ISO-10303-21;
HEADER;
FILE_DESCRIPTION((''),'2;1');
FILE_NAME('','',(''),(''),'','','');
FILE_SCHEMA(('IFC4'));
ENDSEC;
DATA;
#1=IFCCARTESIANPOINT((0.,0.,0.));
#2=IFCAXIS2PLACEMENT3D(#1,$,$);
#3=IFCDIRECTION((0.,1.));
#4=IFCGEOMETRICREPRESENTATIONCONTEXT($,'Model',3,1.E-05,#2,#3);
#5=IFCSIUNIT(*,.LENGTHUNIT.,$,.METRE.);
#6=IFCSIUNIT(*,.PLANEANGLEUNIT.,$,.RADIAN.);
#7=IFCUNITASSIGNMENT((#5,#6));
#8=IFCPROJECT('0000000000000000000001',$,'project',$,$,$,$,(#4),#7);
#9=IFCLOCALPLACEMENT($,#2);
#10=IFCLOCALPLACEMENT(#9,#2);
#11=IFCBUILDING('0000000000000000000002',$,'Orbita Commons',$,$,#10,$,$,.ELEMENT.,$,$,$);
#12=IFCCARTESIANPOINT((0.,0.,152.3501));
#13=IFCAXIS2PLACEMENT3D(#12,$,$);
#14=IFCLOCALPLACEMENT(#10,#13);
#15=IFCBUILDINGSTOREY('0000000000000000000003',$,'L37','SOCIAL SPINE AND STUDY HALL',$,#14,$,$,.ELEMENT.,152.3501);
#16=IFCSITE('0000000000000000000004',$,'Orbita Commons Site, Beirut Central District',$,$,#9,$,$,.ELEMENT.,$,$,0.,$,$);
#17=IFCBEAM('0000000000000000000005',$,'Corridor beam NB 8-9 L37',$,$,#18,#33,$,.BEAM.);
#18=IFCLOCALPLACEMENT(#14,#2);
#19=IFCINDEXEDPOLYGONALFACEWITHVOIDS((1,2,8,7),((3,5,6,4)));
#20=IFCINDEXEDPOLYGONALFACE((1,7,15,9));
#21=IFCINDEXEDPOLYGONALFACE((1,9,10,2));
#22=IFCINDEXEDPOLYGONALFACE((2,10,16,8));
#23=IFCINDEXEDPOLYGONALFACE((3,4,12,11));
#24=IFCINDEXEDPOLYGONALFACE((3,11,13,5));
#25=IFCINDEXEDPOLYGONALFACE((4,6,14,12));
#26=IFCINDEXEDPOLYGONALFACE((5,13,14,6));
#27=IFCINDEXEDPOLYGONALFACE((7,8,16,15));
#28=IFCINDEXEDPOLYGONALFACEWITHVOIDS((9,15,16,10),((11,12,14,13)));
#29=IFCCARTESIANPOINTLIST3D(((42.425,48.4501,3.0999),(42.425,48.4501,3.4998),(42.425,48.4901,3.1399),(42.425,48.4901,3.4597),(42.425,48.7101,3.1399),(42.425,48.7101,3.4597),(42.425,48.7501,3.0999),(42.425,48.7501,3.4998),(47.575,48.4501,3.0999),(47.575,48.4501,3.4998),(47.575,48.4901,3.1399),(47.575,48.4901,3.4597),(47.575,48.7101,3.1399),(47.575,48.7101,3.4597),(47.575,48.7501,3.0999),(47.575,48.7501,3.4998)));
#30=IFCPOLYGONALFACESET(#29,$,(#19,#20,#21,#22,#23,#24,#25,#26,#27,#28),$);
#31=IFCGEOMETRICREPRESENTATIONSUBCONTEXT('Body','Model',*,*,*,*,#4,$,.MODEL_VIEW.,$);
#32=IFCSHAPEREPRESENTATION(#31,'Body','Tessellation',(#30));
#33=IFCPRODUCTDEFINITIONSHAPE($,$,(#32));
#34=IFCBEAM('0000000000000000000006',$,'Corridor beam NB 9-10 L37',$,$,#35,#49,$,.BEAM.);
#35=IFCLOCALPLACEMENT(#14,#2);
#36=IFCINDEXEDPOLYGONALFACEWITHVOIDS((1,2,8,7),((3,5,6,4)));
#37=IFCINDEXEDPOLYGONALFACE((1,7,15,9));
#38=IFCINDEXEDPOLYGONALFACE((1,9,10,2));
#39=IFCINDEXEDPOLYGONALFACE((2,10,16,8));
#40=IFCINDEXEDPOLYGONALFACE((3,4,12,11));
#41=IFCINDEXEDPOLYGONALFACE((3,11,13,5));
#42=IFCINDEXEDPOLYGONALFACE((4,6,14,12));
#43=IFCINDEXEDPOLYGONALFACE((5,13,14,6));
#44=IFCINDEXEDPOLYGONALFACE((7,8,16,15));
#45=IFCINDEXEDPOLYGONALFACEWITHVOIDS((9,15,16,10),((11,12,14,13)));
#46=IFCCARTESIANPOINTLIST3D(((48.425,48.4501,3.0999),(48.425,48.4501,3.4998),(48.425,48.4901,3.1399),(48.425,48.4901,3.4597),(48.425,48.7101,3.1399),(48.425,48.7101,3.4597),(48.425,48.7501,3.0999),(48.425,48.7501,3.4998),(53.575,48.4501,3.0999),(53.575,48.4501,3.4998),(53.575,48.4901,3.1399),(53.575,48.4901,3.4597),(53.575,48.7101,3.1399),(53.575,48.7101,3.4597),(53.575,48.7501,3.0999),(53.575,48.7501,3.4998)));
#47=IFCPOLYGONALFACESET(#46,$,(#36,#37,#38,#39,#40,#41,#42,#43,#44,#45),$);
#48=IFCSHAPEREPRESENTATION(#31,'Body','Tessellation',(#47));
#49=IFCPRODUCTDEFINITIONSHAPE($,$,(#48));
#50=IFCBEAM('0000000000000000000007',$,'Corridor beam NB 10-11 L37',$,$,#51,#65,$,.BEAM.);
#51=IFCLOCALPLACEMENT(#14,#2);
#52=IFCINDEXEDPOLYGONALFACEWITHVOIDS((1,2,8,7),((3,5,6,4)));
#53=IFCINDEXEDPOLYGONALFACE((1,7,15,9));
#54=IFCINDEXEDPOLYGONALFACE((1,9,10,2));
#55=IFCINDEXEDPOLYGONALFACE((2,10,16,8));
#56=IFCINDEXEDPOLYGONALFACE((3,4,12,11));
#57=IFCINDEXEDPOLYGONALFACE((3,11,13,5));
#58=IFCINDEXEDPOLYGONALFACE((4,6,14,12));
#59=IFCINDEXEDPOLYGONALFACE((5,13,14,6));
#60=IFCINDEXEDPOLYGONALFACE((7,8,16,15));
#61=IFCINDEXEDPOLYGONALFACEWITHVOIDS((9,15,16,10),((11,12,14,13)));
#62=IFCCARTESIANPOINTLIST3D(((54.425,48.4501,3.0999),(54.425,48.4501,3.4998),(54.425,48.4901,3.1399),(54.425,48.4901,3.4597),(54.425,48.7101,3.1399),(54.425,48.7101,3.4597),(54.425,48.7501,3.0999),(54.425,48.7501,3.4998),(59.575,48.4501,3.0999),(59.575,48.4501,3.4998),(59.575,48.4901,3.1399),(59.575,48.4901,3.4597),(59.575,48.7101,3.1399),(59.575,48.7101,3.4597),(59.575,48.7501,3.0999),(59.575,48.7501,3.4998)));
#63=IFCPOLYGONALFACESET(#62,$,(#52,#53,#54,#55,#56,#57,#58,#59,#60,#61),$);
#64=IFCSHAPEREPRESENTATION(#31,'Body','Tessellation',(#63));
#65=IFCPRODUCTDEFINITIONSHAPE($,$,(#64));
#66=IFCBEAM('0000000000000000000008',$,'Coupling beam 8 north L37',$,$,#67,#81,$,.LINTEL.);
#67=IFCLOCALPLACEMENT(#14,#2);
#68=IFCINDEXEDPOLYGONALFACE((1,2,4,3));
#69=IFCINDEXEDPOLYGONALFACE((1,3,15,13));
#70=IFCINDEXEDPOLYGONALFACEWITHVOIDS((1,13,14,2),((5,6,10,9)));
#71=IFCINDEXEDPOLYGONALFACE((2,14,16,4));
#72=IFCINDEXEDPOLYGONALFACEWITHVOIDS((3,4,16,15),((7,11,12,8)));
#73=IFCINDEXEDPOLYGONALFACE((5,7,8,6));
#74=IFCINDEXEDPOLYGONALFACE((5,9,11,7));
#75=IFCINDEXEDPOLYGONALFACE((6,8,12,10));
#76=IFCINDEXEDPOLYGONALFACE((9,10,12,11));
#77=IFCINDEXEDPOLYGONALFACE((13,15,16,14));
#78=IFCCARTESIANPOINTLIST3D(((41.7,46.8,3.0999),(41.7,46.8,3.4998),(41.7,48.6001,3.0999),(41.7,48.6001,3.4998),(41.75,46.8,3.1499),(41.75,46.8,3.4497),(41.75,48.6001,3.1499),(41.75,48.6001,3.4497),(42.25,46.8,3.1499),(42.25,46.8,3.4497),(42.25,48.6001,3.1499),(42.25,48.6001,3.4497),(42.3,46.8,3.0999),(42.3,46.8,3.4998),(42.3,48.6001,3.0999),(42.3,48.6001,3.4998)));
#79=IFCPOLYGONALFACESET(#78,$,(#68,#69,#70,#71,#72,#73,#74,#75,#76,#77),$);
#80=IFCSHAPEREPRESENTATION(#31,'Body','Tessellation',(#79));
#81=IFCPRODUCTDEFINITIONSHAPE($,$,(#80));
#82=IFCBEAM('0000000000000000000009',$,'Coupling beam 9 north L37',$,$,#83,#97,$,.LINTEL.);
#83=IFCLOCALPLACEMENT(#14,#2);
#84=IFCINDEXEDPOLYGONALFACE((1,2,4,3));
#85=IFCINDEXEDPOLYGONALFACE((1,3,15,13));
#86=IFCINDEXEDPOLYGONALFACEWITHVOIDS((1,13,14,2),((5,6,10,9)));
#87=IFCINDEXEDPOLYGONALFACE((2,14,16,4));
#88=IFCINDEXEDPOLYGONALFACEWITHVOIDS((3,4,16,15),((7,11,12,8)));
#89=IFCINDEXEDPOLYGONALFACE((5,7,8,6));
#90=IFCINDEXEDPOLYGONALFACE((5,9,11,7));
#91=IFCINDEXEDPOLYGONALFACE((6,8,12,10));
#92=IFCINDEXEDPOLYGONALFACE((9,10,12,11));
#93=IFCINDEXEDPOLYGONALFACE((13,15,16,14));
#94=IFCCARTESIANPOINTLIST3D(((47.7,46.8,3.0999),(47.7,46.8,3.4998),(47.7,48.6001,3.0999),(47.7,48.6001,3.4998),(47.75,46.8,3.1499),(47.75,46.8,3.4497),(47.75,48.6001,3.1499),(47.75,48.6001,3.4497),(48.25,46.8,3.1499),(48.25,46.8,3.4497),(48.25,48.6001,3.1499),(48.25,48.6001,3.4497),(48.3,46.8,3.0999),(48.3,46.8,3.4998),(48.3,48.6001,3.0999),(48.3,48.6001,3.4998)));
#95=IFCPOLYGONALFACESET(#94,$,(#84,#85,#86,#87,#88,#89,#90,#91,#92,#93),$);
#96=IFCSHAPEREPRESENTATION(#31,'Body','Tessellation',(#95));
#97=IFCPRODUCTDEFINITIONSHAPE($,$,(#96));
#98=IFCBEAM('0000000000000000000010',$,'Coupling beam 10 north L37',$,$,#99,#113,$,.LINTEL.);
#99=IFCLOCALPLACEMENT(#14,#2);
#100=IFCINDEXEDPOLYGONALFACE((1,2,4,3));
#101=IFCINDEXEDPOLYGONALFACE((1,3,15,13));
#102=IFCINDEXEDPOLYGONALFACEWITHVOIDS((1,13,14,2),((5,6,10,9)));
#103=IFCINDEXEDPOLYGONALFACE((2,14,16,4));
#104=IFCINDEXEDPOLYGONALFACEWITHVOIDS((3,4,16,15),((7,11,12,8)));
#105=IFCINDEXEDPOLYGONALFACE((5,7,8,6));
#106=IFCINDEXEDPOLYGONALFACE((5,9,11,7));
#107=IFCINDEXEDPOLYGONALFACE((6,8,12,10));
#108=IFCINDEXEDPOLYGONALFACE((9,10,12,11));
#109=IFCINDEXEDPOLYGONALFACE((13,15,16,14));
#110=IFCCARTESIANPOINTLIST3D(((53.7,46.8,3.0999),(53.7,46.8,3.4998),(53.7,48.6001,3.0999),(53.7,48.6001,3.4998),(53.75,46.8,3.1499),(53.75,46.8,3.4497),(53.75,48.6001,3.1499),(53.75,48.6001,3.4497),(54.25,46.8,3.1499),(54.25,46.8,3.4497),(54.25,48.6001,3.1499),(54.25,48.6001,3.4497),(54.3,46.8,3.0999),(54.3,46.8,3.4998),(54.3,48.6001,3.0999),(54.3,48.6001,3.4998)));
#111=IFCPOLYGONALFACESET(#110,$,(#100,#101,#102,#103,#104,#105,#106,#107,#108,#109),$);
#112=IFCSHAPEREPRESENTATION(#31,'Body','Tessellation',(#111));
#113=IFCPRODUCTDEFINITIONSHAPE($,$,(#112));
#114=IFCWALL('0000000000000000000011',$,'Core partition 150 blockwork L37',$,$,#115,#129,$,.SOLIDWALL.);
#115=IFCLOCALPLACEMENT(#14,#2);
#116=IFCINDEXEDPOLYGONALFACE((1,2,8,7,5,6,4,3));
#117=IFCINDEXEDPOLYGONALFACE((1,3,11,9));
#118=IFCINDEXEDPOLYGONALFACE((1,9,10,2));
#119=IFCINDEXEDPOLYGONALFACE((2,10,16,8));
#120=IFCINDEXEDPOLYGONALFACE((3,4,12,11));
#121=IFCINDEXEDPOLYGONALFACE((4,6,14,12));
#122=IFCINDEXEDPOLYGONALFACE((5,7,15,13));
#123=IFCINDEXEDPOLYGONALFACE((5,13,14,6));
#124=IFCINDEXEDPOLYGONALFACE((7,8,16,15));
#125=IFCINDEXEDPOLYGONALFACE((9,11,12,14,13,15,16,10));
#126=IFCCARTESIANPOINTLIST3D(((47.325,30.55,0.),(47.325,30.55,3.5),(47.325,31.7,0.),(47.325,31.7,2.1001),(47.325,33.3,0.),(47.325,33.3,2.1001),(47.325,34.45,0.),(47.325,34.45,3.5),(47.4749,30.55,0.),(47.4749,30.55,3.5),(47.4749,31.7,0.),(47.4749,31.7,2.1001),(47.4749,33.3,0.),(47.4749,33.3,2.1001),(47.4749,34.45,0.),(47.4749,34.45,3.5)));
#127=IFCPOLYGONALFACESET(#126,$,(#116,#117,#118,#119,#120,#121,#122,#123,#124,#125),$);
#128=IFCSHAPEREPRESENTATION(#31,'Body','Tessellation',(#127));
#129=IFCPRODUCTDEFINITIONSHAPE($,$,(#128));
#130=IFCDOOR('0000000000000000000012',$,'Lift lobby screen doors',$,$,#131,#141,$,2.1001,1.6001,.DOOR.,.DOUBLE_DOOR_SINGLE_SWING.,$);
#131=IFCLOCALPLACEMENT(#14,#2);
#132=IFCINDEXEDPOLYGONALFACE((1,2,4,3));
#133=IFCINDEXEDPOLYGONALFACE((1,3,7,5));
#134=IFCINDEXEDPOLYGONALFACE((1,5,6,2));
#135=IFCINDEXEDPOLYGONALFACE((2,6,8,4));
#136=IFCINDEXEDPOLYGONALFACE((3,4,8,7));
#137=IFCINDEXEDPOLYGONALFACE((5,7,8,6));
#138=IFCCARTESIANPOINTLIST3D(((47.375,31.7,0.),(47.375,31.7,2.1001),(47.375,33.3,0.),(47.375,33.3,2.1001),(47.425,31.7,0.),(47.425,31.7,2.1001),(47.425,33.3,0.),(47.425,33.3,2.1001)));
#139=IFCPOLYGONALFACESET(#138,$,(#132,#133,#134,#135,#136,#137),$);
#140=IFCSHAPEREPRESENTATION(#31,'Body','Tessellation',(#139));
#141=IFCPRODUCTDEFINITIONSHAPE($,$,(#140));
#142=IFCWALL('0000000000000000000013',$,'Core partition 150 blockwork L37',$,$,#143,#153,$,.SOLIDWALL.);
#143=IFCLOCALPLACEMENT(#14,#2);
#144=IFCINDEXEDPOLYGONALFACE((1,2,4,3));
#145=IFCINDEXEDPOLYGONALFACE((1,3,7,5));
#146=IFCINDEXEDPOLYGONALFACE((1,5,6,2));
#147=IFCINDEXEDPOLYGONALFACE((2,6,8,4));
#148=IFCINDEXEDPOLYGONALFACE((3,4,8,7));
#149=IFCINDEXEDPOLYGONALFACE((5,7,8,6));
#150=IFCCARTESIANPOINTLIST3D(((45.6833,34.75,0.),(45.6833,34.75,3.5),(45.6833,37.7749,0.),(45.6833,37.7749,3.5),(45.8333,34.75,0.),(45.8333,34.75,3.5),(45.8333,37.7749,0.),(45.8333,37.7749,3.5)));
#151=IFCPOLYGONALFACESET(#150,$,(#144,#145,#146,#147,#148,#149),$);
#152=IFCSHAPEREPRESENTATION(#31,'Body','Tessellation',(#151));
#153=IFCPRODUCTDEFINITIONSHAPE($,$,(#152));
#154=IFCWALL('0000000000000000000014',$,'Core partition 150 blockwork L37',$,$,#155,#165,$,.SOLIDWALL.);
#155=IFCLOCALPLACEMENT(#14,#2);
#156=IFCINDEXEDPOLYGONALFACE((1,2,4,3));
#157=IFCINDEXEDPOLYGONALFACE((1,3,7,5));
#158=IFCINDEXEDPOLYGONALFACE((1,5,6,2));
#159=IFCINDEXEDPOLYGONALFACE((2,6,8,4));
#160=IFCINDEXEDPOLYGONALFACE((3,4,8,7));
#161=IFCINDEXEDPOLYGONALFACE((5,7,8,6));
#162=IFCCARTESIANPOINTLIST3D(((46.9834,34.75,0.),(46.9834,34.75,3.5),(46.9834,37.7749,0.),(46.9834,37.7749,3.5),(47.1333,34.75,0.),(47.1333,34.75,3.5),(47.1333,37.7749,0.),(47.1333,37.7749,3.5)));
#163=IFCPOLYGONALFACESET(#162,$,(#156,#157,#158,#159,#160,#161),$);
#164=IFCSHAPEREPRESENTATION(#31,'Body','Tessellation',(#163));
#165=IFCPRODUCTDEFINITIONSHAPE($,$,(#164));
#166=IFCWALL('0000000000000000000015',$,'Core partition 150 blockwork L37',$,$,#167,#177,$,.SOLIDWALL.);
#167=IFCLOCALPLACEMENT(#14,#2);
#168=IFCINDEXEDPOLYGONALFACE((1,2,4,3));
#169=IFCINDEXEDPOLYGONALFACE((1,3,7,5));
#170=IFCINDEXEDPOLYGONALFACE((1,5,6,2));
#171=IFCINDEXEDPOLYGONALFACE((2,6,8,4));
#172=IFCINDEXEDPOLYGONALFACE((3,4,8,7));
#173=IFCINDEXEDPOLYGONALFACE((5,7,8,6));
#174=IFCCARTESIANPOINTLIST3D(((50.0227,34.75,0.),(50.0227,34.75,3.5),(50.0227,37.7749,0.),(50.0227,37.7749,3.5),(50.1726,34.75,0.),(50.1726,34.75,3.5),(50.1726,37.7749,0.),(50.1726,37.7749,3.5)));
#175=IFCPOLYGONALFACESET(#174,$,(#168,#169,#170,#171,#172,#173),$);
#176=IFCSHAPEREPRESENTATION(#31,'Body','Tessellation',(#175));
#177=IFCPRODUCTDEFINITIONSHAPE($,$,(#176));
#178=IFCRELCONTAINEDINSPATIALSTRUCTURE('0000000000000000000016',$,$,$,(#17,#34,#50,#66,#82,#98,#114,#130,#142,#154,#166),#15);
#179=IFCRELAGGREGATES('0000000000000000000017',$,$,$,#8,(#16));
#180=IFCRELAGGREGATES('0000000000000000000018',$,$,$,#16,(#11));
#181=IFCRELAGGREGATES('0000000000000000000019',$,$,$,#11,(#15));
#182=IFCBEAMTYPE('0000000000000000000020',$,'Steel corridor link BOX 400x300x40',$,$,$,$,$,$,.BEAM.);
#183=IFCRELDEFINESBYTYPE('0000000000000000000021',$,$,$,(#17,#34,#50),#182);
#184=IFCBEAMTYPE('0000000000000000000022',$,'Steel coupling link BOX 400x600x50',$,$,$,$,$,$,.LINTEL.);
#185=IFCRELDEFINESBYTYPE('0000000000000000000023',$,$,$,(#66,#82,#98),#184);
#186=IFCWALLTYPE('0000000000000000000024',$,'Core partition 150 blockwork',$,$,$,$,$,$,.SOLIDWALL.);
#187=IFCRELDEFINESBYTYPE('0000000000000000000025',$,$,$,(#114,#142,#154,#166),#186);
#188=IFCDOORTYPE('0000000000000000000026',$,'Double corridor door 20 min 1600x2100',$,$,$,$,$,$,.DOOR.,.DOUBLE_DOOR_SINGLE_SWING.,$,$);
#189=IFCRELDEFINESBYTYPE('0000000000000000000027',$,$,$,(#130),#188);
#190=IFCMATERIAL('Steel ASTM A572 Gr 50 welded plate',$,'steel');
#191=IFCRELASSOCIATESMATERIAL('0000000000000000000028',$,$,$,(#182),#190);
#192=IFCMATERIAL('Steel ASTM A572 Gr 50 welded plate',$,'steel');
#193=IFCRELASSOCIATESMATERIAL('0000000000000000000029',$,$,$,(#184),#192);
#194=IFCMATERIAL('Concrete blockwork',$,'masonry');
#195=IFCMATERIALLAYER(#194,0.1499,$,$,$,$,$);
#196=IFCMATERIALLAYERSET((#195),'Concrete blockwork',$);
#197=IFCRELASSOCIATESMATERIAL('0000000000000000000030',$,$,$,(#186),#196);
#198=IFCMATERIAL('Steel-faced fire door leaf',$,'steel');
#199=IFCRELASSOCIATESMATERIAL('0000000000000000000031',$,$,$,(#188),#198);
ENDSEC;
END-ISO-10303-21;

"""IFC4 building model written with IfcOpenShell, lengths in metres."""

from ifc_helpers import new_model, si_unit, direction, frame, frame_2d, origin, origin_2d, place, context, subcontext, project, spatial, rectangle, hollow_rectangle, extrude, material, layer, layer_set, material_profile, profile_set, type_object, element, fill, save


model = new_model("IFC4")

# Units and contexts
model_context = context("Model", 3, precision=1e-05, world=origin(), true_north=direction((0.0, 1.0)))
body_context = subcontext(model_context, "Body", "Model", "MODEL_VIEW")
ifc_project = project(units=[si_unit("LENGTHUNIT", "METRE"), si_unit("PLANEANGLEUNIT", "RADIAN")], contexts=[model_context])

# Site, building, storey
site_placement = place(None, origin())
site = spatial("IfcSite", under=ifc_project, at=site_placement, Name="Orbita Commons Site, Beirut Central District", CompositionType="ELEMENT", RefElevation=0.0)
building_placement = place(site_placement, origin())
building = spatial("IfcBuilding", under=site, at=building_placement, Name="Orbita Commons", CompositionType="ELEMENT")
storey_placement = place(building_placement, frame((0.0, 0.0, 152.3501)))
storey = spatial("IfcBuildingStorey", under=building, at=storey_placement, Name="L37", Description="SOCIAL SPINE AND STUDY HALL", CompositionType="ELEMENT", Elevation=152.3501)

# Beams
ifc_material_1 = material(Name="Steel ASTM A572 Gr 50 welded plate", Category="steel")
ifc_material_profile_1 = material_profile(ifc_material_1, hollow_rectangle(XDim=0.3, YDim=0.3999, WallThickness=0.04, at=origin_2d()), Name="BOX 400x300x40")
ifc_profile_set_1 = profile_set([ifc_material_profile_1], Name="Steel ASTM A572 Gr 50 welded plate")
beam_type_1 = type_object("IfcBeamType", Name="Steel corridor link BOX 400x300x40", PredefinedType="BEAM", material=ifc_profile_set_1)
for number, where, z_axis, x_axis, name in (
    (1, (42.425, 48.6001, 3.2998), (1.0, 0.0, 0.0), (0.0, 1.0, 0.0), "Corridor beam NB 8-9 L37"),
    (2, (48.425, 48.6001, 3.2998), (1.0, 0.0, 0.0), (0.0, 1.0, 0.0), "Corridor beam NB 9-10 L37"),
    (3, (54.425, 48.6001, 3.2998), (1.0, 0.0, 0.0), (0.0, 1.0, 0.0), "Corridor beam NB 10-11 L37"),
):
    element("IfcBeam", number, at=place(storey_placement, frame(where, z_axis=z_axis, x_axis=x_axis)), inside=storey, type_object=beam_type_1, Name=name, PredefinedType="BEAM", context=body_context, shape_type="SweptSolid", body=[
        extrude(hollow_rectangle(XDim=0.3, YDim=0.3999, WallThickness=0.04, at=origin_2d()), origin(), (0.0, 0.0, 1.0), 5.1499),
    ])
ifc_material_2 = material(Name="Steel ASTM A572 Gr 50 welded plate", Category="steel")
ifc_material_profile_2 = material_profile(ifc_material_2, hollow_rectangle(XDim=0.6001, YDim=0.3999, WallThickness=0.05, at=origin_2d()), Name="BOX 400x600x50")
ifc_profile_set_2 = profile_set([ifc_material_profile_2], Name="Steel ASTM A572 Gr 50 welded plate")
beam_type_2 = type_object("IfcBeamType", Name="Steel coupling link BOX 400x600x50", PredefinedType="LINTEL", material=ifc_profile_set_2)
for number, where, z_axis, x_axis, name in (
    (4, (42.0, 46.8, 3.2998), (0.0, 1.0, 0.0), (-1.0, 0.0, 0.0), "Coupling beam 8 north L37"),
    (5, (48.0, 46.8, 3.2998), (0.0, 1.0, 0.0), (-1.0, 0.0, 0.0), "Coupling beam 9 north L37"),
    (6, (54.0, 46.8, 3.2998), (0.0, 1.0, 0.0), (-1.0, 0.0, 0.0), "Coupling beam 10 north L37"),
):
    element("IfcBeam", number, at=place(storey_placement, frame(where, z_axis=z_axis, x_axis=x_axis)), inside=storey, type_object=beam_type_2, Name=name, PredefinedType="LINTEL", context=body_context, shape_type="SweptSolid", body=[
        extrude(hollow_rectangle(XDim=0.6001, YDim=0.3999, WallThickness=0.05, at=origin_2d()), origin(), (0.0, 0.0, 1.0), 1.8),
    ])

# Wall, opening, door
ifc_material_3 = material(Name="Concrete blockwork", Category="masonry")
ifc_layer_1 = layer(ifc_material_3, 0.1499)
ifc_layer_set_1 = layer_set([ifc_layer_1], Name="Concrete blockwork")
wall_type_1 = type_object("IfcWallType", Name="Core partition 150 blockwork", PredefinedType="SOLIDWALL", material=ifc_layer_set_1)
wall_1_placement = place(storey_placement, frame((47.3999, 30.55, 0.0), z_axis=(0.0, 0.0, 1.0), x_axis=(0.0, 1.0, 0.0)))
wall_1 = element("IfcWall", 7, at=wall_1_placement, inside=storey, type_object=wall_type_1, Name="Core partition 150 blockwork L37", PredefinedType="SOLIDWALL", context=body_context, shape_type="SweptSolid", body=[
    extrude(rectangle(XDim=3.8999, YDim=0.1499, at=frame_2d((1.95, 0.0))), origin(), (0.0, 0.0, 1.0), 3.5),
])
opening_1_placement = place(wall_1_placement, frame((1.1499, 0.0, 0.0)))
opening_1 = element("IfcOpeningElement", 8, at=opening_1_placement, cuts=wall_1, PredefinedType="OPENING", context=body_context, shape_type="SweptSolid", body=[
    extrude(rectangle(XDim=1.6001, YDim=2.1001, at=frame_2d((0.8, 1.05))), frame((0.0, 0.085, 0.0), z_axis=(0.0, -1.0, 0.0), x_axis=(1.0, 0.0, 0.0)), (0.0, 0.0, 1.0), 0.1699),
])
ifc_material_4 = material(Name="Steel-faced fire door leaf", Category="steel")
door_type_1 = type_object("IfcDoorType", Name="Double corridor door 20 min 1600x2100", OperationType="DOUBLE_DOOR_SINGLE_SWING", PredefinedType="DOOR", material=ifc_material_4)
door_1_placement = place(opening_1_placement, origin())
door_1 = element("IfcDoor", 9, at=door_1_placement, inside=storey, type_object=door_type_1, Name="Lift lobby screen doors", OperationType="DOUBLE_DOOR_SINGLE_SWING", OverallHeight=2.1001, OverallWidth=1.6001, PredefinedType="DOOR", context=body_context, shape_type="SweptSolid", body=[
    extrude(rectangle(XDim=1.6001, YDim=2.1001, at=frame_2d((0.8, 1.05))), frame((0.0, 0.0249, 0.0), z_axis=(0.0, -1.0, 0.0), x_axis=(1.0, 0.0, 0.0)), (0.0, 0.0, 1.0), 0.05),
])
fill(opening_1, door_1)

# Walls
for number, where, z_axis, x_axis, name in (
    (10, (45.7583, 34.75, 0.0), (0.0, 0.0, 1.0), (0.0, 1.0, 0.0), "Core partition 150 blockwork L37"),
    (11, (47.0583, 34.75, 0.0), (0.0, 0.0, 1.0), (0.0, 1.0, 0.0), "Core partition 150 blockwork L37"),
    (12, (50.0977, 34.75, 0.0), (0.0, 0.0, 1.0), (0.0, 1.0, 0.0), "Core partition 150 blockwork L37"),
):
    element("IfcWall", number, at=place(storey_placement, frame(where, z_axis=z_axis, x_axis=x_axis)), inside=storey, type_object=wall_type_1, Name=name, PredefinedType="SOLIDWALL", context=body_context, shape_type="SweptSolid", body=[
        extrude(rectangle(XDim=3.0249, YDim=0.1499, at=frame_2d((1.5125, 0.0))), origin(), (0.0, 0.0, 1.0), 3.5),
    ])

save(model, "model.ifc")
